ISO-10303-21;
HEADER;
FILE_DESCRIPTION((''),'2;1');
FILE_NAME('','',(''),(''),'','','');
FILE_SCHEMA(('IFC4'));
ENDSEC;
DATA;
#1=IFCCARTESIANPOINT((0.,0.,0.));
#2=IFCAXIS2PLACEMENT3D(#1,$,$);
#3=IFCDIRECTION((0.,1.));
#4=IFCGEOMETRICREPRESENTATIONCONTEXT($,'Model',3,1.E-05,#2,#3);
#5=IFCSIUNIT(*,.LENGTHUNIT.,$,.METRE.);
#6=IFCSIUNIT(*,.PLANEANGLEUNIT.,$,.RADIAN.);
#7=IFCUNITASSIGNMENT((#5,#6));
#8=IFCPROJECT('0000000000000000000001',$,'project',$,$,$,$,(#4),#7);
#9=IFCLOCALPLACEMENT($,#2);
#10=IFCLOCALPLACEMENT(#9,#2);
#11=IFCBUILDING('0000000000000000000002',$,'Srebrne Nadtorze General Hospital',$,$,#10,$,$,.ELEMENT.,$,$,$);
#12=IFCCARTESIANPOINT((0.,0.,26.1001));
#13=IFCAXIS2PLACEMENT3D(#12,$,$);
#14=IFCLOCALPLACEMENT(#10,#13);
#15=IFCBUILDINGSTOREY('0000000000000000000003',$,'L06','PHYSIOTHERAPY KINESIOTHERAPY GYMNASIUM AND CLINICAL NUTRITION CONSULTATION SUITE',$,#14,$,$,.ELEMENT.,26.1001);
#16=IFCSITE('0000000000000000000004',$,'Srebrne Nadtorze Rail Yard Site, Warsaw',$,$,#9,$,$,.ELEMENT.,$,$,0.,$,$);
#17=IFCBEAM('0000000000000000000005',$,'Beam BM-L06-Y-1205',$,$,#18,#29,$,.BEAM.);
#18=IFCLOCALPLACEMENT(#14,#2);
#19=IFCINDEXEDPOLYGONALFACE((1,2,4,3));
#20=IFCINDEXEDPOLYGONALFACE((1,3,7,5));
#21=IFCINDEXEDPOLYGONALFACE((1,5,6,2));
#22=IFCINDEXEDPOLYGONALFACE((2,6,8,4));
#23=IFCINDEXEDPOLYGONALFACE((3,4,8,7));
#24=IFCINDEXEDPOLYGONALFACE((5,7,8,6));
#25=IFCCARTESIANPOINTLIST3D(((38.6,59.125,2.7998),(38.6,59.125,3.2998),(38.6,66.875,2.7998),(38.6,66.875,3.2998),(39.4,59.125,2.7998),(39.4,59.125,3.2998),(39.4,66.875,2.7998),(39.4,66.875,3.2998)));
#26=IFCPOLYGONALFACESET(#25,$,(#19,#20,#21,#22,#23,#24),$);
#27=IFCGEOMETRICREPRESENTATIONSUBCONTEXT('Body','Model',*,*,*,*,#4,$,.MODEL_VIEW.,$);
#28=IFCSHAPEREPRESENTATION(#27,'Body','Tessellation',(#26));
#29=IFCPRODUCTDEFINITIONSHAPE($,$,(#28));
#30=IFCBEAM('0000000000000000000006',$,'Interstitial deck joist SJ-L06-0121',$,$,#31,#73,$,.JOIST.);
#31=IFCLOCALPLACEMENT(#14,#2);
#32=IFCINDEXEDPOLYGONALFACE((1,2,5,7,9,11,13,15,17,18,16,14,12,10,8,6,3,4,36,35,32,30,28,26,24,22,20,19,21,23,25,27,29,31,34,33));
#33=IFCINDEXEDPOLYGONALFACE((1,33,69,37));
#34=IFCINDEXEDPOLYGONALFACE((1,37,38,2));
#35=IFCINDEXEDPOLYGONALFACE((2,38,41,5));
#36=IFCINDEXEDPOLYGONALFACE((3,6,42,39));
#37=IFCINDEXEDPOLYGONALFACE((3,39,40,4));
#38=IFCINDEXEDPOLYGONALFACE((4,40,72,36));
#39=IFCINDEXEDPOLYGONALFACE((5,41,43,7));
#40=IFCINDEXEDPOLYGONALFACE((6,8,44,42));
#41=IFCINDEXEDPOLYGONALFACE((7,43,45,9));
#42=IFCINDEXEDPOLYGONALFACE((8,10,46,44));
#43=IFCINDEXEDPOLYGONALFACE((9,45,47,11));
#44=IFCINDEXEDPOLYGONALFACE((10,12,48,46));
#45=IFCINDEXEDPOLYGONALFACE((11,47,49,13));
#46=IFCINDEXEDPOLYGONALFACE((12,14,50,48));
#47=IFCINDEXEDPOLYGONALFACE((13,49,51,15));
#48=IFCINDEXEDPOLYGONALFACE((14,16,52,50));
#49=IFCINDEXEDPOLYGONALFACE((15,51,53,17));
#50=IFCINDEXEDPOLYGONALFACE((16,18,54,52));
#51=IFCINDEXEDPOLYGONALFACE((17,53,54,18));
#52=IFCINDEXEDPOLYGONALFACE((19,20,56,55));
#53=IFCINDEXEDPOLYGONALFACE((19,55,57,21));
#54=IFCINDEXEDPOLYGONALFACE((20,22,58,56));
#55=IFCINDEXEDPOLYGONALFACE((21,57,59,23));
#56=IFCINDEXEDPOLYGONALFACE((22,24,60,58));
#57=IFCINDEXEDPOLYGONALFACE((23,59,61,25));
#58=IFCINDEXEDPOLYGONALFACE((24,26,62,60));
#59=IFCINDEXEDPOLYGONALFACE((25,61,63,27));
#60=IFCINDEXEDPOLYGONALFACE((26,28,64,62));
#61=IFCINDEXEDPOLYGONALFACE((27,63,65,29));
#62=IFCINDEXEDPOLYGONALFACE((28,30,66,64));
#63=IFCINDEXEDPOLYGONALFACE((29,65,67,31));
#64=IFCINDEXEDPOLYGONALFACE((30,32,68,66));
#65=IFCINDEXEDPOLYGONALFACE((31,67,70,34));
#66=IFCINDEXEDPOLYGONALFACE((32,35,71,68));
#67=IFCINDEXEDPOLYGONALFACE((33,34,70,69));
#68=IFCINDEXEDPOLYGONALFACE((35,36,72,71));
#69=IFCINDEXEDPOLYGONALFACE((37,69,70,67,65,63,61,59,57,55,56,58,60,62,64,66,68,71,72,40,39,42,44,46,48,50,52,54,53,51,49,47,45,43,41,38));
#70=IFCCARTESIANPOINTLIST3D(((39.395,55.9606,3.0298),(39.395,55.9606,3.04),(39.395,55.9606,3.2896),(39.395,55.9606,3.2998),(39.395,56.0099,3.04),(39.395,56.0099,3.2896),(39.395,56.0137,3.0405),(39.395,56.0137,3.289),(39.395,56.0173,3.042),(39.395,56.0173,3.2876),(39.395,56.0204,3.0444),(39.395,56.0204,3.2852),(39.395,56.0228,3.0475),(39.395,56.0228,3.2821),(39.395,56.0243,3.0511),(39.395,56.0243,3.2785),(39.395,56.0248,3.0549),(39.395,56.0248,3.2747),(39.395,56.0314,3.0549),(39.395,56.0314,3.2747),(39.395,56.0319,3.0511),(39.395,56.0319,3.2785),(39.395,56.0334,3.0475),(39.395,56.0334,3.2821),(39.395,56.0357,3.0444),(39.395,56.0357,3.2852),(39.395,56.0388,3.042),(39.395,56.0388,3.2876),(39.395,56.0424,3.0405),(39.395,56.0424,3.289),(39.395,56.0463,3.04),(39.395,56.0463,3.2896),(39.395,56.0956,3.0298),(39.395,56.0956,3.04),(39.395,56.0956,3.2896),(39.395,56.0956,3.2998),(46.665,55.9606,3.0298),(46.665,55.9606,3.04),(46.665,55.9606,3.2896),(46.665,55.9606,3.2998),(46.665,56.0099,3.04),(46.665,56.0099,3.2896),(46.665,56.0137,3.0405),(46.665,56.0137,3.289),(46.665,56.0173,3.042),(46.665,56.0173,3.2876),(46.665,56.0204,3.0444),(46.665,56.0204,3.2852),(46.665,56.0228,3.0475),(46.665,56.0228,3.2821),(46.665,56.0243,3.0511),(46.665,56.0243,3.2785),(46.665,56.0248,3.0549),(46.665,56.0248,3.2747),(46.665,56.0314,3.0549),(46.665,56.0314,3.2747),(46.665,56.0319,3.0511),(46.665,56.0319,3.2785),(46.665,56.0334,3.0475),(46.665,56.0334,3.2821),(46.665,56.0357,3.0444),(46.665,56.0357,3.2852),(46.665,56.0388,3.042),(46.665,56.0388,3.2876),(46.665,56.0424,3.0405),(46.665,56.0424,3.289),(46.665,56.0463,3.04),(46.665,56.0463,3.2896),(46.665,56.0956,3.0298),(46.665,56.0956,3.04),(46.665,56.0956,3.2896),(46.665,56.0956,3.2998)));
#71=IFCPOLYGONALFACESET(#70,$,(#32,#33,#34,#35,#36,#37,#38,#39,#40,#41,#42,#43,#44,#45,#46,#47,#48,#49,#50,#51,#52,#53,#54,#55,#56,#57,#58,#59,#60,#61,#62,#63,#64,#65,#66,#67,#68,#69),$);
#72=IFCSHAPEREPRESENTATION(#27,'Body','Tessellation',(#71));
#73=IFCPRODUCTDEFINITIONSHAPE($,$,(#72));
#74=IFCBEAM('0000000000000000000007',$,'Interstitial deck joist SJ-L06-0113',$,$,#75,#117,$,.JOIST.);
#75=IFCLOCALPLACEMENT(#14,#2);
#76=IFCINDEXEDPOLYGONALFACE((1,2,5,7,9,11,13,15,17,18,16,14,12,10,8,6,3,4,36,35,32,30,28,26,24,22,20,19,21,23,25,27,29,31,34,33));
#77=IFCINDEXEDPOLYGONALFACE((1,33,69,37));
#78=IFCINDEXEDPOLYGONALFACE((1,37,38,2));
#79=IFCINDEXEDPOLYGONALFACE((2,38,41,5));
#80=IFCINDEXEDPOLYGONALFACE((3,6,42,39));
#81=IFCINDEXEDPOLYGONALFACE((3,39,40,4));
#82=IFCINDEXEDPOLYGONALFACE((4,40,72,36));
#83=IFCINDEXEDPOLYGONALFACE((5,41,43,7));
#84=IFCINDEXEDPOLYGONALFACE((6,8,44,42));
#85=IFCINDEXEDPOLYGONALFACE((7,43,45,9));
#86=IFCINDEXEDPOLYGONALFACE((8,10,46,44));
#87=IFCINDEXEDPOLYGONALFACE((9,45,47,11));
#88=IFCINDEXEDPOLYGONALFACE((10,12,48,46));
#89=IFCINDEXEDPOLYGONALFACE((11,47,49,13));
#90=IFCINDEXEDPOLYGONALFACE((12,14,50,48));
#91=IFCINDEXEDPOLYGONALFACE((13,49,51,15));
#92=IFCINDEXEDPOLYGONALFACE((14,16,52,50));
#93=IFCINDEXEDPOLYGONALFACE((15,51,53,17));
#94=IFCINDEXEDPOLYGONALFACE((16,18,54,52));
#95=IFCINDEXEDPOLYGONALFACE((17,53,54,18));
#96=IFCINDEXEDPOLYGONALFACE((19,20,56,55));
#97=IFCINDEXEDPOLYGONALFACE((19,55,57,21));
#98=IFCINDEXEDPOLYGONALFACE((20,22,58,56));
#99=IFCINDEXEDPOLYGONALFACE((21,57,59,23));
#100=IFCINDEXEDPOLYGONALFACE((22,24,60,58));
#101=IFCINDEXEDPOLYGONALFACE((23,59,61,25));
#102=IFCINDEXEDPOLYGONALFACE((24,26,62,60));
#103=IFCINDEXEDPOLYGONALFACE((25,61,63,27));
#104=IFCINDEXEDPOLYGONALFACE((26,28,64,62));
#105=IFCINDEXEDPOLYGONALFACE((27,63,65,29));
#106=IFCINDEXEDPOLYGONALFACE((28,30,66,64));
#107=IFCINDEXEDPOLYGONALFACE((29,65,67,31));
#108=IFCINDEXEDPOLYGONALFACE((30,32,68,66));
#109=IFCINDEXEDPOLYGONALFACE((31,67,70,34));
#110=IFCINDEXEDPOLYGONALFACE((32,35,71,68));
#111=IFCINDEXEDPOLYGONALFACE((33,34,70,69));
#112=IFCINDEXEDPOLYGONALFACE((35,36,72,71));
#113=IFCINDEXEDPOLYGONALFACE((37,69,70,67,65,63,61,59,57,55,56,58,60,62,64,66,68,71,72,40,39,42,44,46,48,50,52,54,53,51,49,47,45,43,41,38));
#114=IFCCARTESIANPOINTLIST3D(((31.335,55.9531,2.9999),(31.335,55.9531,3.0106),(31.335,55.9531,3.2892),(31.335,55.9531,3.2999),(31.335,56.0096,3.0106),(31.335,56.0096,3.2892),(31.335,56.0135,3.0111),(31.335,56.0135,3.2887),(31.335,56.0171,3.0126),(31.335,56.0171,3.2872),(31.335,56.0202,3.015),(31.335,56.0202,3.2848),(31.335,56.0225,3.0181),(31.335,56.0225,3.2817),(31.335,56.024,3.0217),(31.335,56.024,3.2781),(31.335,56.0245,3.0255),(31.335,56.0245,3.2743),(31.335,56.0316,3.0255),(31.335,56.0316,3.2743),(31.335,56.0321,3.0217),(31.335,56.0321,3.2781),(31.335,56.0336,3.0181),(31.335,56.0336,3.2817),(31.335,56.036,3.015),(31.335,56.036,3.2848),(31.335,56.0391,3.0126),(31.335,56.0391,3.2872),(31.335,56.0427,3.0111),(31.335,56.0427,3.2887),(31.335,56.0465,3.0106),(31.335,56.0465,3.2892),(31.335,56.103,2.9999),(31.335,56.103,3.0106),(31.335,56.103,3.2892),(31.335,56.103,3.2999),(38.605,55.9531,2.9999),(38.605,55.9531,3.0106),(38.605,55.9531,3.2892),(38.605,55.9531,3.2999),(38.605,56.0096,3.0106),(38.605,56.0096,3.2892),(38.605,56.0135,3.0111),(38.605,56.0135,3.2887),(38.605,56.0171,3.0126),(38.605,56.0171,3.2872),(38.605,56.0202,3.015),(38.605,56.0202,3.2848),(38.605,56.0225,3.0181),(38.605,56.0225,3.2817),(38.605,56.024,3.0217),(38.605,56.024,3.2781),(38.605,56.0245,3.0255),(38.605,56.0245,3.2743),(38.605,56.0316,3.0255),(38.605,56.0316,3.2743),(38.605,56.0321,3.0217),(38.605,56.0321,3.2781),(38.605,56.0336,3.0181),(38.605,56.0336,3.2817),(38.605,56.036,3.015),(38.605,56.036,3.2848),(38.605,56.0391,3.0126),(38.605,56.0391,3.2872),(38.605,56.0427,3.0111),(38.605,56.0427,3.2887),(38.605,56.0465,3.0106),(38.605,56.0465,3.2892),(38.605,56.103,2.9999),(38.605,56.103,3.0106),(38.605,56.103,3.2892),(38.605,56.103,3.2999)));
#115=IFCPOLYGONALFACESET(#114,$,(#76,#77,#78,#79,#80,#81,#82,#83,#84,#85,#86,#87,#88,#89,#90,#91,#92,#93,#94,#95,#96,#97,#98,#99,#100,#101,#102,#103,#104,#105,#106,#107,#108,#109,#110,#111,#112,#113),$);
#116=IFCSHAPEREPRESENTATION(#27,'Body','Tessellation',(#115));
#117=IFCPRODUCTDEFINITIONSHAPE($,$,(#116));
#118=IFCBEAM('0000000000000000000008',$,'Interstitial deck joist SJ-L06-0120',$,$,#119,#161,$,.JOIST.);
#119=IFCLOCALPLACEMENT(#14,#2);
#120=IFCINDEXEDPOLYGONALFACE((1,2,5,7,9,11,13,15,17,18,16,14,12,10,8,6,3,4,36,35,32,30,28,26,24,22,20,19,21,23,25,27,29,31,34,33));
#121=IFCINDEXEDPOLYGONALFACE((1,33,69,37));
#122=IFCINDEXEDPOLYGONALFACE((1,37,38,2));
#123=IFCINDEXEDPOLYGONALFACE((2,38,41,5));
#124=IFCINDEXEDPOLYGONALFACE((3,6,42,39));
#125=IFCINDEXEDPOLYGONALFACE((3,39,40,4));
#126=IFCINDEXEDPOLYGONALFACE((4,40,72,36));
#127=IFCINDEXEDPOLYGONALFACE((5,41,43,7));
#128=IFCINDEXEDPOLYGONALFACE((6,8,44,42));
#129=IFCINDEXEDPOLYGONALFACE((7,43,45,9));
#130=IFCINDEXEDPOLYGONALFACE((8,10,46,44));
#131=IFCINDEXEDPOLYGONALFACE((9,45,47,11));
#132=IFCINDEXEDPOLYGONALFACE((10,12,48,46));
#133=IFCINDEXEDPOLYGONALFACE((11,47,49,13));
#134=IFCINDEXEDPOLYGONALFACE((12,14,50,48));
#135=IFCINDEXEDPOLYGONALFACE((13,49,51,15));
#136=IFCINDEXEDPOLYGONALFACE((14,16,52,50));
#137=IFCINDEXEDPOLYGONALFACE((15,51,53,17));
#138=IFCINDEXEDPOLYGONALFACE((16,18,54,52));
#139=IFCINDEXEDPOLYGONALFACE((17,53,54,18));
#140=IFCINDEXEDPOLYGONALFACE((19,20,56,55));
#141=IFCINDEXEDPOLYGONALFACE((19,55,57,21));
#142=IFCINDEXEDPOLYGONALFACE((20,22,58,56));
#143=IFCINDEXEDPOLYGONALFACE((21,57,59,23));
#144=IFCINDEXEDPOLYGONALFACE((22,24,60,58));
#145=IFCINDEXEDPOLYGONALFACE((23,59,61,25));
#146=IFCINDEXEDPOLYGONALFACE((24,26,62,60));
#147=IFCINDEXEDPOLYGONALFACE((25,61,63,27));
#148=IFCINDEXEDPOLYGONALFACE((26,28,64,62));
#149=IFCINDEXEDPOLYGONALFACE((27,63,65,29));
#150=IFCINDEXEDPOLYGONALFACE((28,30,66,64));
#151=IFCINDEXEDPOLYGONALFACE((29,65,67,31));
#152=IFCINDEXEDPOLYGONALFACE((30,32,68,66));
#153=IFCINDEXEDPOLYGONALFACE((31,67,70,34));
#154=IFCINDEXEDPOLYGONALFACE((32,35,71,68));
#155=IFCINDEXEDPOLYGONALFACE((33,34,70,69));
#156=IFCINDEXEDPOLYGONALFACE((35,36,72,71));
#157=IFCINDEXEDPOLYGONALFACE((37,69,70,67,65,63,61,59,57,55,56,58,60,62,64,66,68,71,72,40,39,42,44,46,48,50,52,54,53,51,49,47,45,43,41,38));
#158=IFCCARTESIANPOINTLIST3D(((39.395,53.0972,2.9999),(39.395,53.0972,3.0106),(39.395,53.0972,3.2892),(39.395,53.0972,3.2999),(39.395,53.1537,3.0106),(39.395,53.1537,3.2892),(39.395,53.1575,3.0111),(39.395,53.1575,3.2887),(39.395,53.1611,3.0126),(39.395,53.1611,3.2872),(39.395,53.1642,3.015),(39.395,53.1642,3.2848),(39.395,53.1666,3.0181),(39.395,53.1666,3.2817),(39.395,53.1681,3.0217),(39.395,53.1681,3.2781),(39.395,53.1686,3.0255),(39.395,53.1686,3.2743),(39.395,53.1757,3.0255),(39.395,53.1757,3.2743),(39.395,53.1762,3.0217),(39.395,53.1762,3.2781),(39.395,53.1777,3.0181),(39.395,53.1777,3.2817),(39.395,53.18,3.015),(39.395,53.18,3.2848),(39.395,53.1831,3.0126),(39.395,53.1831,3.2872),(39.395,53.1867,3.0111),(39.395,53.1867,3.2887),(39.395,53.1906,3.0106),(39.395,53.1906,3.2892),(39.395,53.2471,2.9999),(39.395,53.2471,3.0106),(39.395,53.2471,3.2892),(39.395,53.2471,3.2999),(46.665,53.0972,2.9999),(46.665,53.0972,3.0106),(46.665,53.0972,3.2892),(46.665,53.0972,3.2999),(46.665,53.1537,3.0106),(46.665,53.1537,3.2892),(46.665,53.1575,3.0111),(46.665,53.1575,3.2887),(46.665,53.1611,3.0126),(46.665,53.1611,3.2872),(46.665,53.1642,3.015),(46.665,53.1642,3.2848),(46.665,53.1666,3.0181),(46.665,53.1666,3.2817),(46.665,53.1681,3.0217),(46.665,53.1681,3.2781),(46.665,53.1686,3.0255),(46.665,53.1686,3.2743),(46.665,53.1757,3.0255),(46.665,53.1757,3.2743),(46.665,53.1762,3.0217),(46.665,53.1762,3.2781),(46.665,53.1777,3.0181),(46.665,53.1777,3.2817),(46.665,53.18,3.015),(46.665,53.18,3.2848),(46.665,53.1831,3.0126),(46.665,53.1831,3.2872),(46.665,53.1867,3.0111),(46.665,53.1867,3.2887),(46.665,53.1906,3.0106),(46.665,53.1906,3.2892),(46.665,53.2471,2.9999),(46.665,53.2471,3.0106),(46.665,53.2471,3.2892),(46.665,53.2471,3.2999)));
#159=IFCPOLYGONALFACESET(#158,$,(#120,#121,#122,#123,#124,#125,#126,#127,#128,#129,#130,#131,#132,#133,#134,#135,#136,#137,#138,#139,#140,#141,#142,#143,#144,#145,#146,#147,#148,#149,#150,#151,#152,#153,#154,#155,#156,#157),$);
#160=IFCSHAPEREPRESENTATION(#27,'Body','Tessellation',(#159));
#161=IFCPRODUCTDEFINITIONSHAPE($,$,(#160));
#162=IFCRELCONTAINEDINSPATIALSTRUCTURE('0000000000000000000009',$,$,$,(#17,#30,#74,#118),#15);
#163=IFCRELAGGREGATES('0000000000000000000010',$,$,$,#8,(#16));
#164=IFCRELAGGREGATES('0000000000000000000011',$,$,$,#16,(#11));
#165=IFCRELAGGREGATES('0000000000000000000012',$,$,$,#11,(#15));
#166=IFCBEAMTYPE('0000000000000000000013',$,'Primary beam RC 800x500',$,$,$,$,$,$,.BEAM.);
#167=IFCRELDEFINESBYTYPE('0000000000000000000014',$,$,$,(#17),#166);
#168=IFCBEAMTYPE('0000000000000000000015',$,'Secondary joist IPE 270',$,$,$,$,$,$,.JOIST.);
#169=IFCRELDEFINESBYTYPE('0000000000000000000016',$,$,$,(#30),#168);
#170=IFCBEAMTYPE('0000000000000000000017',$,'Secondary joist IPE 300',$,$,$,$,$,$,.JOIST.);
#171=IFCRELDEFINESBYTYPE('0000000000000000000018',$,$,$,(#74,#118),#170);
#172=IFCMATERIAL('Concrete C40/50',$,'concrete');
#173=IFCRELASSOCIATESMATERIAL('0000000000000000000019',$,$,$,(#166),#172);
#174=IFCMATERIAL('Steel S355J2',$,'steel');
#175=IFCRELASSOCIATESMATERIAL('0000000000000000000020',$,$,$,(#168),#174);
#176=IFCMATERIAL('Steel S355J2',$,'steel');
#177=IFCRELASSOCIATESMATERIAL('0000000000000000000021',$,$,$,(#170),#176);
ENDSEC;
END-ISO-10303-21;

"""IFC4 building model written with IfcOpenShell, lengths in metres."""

from ifc_helpers import new_model, si_unit, direction, frame, origin, origin_2d, place, context, subcontext, project, spatial, rectangle, i_section, extrude, material, material_profile, profile_set, type_object, element, save


model = new_model("IFC4")

# Units and contexts
model_context = context("Model", 3, precision=1e-05, world=origin(), true_north=direction((0.0, 1.0)))
body_context = subcontext(model_context, "Body", "Model", "MODEL_VIEW")
ifc_project = project(units=[si_unit("LENGTHUNIT", "METRE"), si_unit("PLANEANGLEUNIT", "RADIAN")], contexts=[model_context])

# Site, building, storey
site_placement = place(None, origin())
site = spatial("IfcSite", under=ifc_project, at=site_placement, Name="Srebrne Nadtorze Rail Yard Site, Warsaw", CompositionType="ELEMENT", RefElevation=0.0)
building_placement = place(site_placement, origin())
building = spatial("IfcBuilding", under=site, at=building_placement, Name="Srebrne Nadtorze General Hospital", CompositionType="ELEMENT")
storey_placement = place(building_placement, frame((0.0, 0.0, 26.1001)))
storey = spatial("IfcBuildingStorey", under=building, at=storey_placement, Name="L06", Description="PHYSIOTHERAPY KINESIOTHERAPY GYMNASIUM AND CLINICAL NUTRITION CONSULTATION SUITE", CompositionType="ELEMENT", Elevation=26.1001)

# Beams
ifc_material_1 = material(Name="Concrete C40/50", Category="concrete")
ifc_material_profile_1 = material_profile(ifc_material_1, rectangle(XDim=0.8, YDim=0.5, at=origin_2d()), Name="RC-BM-800x500")
ifc_profile_set_1 = profile_set([ifc_material_profile_1], Name="Concrete C40/50")
beam_type_1 = type_object("IfcBeamType", Name="Primary beam RC 800x500", PredefinedType="BEAM", material=ifc_profile_set_1)
for number, where, z_axis, x_axis, name in (
    (1, (39.0, 59.125, 3.0498), (0.0, 1.0, 0.0), (-1.0, 0.0, 0.0), "Beam BM-L06-Y-1205"),
):
    element("IfcBeam", number, at=place(storey_placement, frame(where, z_axis=z_axis, x_axis=x_axis)), inside=storey, type_object=beam_type_1, Name=name, PredefinedType="BEAM", context=body_context, shape_type="SweptSolid", body=[
        extrude(rectangle(XDim=0.8, YDim=0.5, at=origin_2d()), origin(), (0.0, 0.0, 1.0), 7.75),
    ])
ifc_material_2 = material(Name="Steel S355J2", Category="steel")
ifc_material_profile_2 = material_profile(ifc_material_2, i_section(OverallWidth=0.135, OverallDepth=0.27, WebThickness=0.0066, FlangeThickness=0.0103, FilletRadius=0.0149, at=origin_2d()), Name="IPE-270")
ifc_profile_set_2 = profile_set([ifc_material_profile_2], Name="Steel S355J2")
beam_type_2 = type_object("IfcBeamType", Name="Secondary joist IPE 270", PredefinedType="JOIST", material=ifc_profile_set_2)
beam_1_placement = place(storey_placement, frame((39.395, 56.0281, 3.1648), z_axis=(1.0, 0.0, 0.0), x_axis=(0.0, 1.0, 0.0)))
element("IfcBeam", 2, at=beam_1_placement, inside=storey, type_object=beam_type_2, Name="Interstitial deck joist SJ-L06-0121", PredefinedType="JOIST", context=body_context, shape_type="SweptSolid", body=[
    extrude(i_section(OverallWidth=0.135, OverallDepth=0.27, WebThickness=0.0066, FlangeThickness=0.0103, FilletRadius=0.0149, at=origin_2d()), origin(), (0.0, 0.0, 1.0), 7.27),
])
ifc_material_3 = material(Name="Steel S355J2", Category="steel")
ifc_material_profile_3 = material_profile(ifc_material_3, i_section(OverallWidth=0.1499, OverallDepth=0.3, WebThickness=0.0071, FlangeThickness=0.0107, FilletRadius=0.0149, at=origin_2d()), Name="IPE-300")
ifc_profile_set_3 = profile_set([ifc_material_profile_3], Name="Steel S355J2")
beam_type_3 = type_object("IfcBeamType", Name="Secondary joist IPE 300", PredefinedType="JOIST", material=ifc_profile_set_3)
for number, where, z_axis, x_axis, name in (
    (3, (31.335, 56.0281, 3.1499), (1.0, 0.0, 0.0), (0.0, 1.0, 0.0), "Interstitial deck joist SJ-L06-0113"),
    (4, (39.395, 53.1721, 3.1499), (1.0, 0.0, 0.0), (0.0, 1.0, 0.0), "Interstitial deck joist SJ-L06-0120"),
):
    element("IfcBeam", number, at=place(storey_placement, frame(where, z_axis=z_axis, x_axis=x_axis)), inside=storey, type_object=beam_type_3, Name=name, PredefinedType="JOIST", context=body_context, shape_type="SweptSolid", body=[
        extrude(i_section(OverallWidth=0.1499, OverallDepth=0.3, WebThickness=0.0071, FlangeThickness=0.0107, FilletRadius=0.0149, at=origin_2d()), origin(), (0.0, 0.0, 1.0), 7.27),
    ])

save(model, "model.ifc")
